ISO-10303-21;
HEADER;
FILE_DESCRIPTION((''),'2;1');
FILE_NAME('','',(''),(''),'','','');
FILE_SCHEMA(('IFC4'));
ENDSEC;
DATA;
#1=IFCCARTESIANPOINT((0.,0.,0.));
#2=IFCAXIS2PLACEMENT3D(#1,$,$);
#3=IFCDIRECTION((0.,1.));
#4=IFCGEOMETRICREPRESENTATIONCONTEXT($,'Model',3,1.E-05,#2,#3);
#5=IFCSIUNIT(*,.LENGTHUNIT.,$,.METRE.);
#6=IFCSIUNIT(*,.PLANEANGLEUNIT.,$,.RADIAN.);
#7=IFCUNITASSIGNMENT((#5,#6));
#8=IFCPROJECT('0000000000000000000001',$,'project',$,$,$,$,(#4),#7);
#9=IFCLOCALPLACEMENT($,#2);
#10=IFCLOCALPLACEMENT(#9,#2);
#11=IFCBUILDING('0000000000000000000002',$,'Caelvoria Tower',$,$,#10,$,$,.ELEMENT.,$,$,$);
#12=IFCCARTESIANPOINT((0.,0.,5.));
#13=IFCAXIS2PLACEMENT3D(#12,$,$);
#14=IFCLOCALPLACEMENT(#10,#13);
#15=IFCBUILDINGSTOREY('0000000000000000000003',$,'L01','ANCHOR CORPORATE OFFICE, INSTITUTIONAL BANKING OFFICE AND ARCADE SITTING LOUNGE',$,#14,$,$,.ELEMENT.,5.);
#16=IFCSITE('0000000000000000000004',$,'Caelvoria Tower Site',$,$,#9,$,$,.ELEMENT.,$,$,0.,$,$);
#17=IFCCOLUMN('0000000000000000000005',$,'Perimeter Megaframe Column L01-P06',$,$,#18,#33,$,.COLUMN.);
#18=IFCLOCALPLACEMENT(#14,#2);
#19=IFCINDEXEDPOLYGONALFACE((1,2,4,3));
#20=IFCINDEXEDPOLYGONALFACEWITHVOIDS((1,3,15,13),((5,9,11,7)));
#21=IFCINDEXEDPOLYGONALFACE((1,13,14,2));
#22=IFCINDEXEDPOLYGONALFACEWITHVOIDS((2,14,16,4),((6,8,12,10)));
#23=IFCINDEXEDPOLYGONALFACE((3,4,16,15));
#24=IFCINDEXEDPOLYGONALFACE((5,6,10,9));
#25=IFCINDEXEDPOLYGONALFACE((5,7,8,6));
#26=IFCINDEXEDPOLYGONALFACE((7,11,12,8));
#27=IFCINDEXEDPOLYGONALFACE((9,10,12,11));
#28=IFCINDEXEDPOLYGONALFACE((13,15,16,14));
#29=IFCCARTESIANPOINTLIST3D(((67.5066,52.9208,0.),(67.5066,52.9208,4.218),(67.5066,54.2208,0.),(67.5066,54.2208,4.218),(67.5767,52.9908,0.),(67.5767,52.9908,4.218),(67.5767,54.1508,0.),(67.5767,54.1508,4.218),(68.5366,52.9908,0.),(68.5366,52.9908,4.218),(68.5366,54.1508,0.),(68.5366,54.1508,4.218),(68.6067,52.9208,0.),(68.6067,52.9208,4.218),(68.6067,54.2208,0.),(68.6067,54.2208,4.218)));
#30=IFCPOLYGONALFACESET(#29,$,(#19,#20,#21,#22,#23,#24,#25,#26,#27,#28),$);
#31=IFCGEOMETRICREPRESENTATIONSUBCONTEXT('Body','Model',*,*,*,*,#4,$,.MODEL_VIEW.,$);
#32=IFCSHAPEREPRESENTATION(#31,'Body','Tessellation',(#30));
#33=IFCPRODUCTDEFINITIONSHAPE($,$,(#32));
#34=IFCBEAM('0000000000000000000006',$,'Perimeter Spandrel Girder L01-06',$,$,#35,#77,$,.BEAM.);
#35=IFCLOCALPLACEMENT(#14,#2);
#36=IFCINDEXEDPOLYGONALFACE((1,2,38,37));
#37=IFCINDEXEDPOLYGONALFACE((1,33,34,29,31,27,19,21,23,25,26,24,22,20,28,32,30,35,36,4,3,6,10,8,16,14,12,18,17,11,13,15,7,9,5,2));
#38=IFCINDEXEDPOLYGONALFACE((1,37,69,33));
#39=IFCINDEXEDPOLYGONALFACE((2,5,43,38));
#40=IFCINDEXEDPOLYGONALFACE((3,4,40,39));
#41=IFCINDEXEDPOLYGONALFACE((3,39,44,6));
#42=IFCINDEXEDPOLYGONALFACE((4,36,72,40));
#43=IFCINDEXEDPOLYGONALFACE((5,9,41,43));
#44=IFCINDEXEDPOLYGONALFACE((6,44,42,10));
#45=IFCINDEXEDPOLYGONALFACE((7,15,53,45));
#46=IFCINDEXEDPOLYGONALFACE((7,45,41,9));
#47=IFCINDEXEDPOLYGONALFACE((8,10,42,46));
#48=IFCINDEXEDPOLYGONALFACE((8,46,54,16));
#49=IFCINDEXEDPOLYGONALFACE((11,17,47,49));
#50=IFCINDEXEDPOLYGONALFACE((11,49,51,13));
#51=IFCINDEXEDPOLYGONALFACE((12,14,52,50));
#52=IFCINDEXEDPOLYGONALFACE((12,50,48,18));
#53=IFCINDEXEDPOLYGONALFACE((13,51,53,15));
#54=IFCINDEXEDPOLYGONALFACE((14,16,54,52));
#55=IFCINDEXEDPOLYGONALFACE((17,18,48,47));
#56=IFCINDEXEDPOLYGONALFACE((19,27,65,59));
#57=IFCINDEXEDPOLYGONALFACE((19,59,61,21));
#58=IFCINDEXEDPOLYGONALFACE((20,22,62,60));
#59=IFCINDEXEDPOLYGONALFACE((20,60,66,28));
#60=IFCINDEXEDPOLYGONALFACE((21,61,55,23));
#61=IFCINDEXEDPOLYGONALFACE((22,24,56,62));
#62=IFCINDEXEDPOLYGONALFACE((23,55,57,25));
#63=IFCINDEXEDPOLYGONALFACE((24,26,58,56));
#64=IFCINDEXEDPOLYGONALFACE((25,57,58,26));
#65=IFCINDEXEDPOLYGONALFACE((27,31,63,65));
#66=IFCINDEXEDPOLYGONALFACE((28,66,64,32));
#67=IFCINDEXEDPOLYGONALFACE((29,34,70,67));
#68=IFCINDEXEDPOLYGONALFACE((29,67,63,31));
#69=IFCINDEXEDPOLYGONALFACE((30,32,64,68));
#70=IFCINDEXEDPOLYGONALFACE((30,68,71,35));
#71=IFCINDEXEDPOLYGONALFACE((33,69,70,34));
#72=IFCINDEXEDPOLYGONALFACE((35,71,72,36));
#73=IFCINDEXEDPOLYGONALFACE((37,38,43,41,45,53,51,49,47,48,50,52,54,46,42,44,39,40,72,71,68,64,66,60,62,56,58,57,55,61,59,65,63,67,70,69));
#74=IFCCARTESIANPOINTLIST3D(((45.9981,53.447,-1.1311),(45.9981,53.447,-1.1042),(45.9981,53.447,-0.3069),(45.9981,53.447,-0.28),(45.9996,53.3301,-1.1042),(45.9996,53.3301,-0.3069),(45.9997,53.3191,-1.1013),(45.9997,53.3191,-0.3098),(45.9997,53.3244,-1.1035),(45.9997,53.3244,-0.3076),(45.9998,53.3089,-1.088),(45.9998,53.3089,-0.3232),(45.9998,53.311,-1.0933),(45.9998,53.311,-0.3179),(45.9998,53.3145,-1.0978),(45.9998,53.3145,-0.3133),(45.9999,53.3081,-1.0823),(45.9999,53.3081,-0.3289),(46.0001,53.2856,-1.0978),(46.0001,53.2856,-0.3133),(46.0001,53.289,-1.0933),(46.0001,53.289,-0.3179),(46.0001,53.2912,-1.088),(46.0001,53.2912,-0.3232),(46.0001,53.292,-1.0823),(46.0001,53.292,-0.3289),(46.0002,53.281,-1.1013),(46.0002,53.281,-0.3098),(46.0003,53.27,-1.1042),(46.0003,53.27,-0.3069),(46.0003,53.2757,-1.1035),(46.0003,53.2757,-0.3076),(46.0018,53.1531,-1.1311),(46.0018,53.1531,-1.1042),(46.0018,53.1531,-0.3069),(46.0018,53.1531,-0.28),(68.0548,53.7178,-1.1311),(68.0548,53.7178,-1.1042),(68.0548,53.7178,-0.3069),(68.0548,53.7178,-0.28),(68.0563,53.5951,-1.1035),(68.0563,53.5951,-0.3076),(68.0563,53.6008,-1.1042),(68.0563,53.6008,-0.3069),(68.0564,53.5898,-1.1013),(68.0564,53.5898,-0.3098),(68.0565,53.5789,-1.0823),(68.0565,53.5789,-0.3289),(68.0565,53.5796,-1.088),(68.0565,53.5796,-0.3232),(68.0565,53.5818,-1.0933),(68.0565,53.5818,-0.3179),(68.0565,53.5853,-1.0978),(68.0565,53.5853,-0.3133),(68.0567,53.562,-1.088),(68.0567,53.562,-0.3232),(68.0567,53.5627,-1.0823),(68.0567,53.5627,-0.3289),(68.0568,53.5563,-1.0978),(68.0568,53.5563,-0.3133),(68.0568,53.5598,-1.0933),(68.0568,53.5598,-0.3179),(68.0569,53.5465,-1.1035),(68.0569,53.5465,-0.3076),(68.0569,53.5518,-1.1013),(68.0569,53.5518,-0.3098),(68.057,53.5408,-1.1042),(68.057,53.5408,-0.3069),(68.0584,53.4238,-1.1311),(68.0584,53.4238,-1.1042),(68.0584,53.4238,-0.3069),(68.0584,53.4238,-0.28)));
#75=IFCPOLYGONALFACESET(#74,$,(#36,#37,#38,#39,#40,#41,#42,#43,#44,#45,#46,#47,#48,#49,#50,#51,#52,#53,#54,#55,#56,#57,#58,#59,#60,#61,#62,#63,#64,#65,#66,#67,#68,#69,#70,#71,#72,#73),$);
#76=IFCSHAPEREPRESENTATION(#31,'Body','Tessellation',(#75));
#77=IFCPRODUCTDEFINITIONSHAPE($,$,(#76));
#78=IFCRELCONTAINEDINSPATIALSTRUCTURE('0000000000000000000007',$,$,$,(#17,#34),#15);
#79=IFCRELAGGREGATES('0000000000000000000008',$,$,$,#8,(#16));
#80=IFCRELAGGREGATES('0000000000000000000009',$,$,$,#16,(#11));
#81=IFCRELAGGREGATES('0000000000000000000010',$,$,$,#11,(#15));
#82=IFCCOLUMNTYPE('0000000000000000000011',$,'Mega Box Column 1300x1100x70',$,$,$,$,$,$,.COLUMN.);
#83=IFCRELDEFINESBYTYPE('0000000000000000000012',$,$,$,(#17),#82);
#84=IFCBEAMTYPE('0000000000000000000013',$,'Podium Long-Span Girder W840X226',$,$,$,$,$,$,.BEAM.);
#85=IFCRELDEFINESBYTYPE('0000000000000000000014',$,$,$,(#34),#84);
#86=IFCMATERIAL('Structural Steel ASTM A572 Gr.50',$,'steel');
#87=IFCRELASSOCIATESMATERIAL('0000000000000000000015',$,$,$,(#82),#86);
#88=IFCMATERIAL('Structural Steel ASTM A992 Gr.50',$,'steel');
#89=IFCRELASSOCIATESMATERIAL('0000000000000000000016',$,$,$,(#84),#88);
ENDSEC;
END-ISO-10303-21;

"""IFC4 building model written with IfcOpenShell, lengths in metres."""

from ifc_helpers import new_model, si_unit, direction, frame, origin, origin_2d, place, context, subcontext, project, spatial, hollow_rectangle, i_section, extrude, material, material_profile, profile_set, type_object, element, save


model = new_model("IFC4")

# Units and contexts
model_context = context("Model", 3, precision=1e-05, world=origin(), true_north=direction((0.0, 1.0)))
body_context = subcontext(model_context, "Body", "Model", "MODEL_VIEW")
ifc_project = project(units=[si_unit("LENGTHUNIT", "METRE"), si_unit("PLANEANGLEUNIT", "RADIAN")], contexts=[model_context])

# Site, building, storey
site_placement = place(None, origin())
site = spatial("IfcSite", under=ifc_project, at=site_placement, Name="Caelvoria Tower Site", CompositionType="ELEMENT", RefElevation=0.0)
building_placement = place(site_placement, origin())
building = spatial("IfcBuilding", under=site, at=building_placement, Name="Caelvoria Tower", CompositionType="ELEMENT")
storey_placement = place(building_placement, frame((0.0, 0.0, 5.0)))
storey = spatial("IfcBuildingStorey", under=building, at=storey_placement, Name="L01", Description="ANCHOR CORPORATE OFFICE, INSTITUTIONAL BANKING OFFICE AND ARCADE SITTING LOUNGE", CompositionType="ELEMENT", Elevation=5.0)

# Column
ifc_material_1 = material(Name="Structural Steel ASTM A572 Gr.50", Category="steel")
ifc_material_profile_1 = material_profile(ifc_material_1, hollow_rectangle(XDim=1.1001, YDim=1.3, WallThickness=0.0701, at=origin_2d()), Name="Structural Steel ASTM A572 Gr.50")
ifc_profile_set_1 = profile_set([ifc_material_profile_1], Name="BOX1300X1100X70 - Structural Steel ASTM A572 Gr.50")
column_type = type_object("IfcColumnType", Name="Mega Box Column 1300x1100x70", PredefinedType="COLUMN", material=ifc_profile_set_1)
column_placement = place(storey_placement, frame((68.0566, 53.5708, 0.0), z_axis=(0.0, 0.0, 1.0), x_axis=(1.0, 0.0, 0.0)))
element("IfcColumn", 1, at=column_placement, inside=storey, type_object=column_type, Name="Perimeter Megaframe Column L01-P06", PredefinedType="COLUMN", context=body_context, shape_type="SweptSolid", body=[
    extrude(hollow_rectangle(XDim=1.1001, YDim=1.3, WallThickness=0.0701, at=origin_2d()), origin(), (0.0, 0.0, 1.0), 4.218),
])

# Beam
ifc_material_2 = material(Name="Structural Steel ASTM A992 Gr.50", Category="steel")
ifc_material_profile_2 = material_profile(ifc_material_2, i_section(OverallWidth=0.2939, OverallDepth=0.8511, WebThickness=0.0161, FlangeThickness=0.0269, FilletRadius=0.022, at=origin_2d()), Name="Structural Steel ASTM A992 Gr.50")
ifc_profile_set_2 = profile_set([ifc_material_profile_2], Name="W840X226 - Structural Steel ASTM A992 Gr.50")
beam_type = type_object("IfcBeamType", Name="Podium Long-Span Girder W840X226", PredefinedType="BEAM", material=ifc_profile_set_2)
beam_placement = place(storey_placement, frame((68.0566, 53.5708, -0.7056), z_axis=(-0.999925, -0.012274, 0.0), x_axis=(0.012274, -0.999925, 0.0)))
element("IfcBeam", 2, at=beam_placement, inside=storey, type_object=beam_type, Name="Perimeter Spandrel Girder L01-06", PredefinedType="BEAM", context=body_context, shape_type="SweptSolid", body=[
    extrude(i_section(OverallWidth=0.2939, OverallDepth=0.8511, WebThickness=0.0161, FlangeThickness=0.0269, FilletRadius=0.022, at=origin_2d()), origin(), (0.0, 0.0, 1.0), 22.0583),
])

save(model, "model.ifc")
